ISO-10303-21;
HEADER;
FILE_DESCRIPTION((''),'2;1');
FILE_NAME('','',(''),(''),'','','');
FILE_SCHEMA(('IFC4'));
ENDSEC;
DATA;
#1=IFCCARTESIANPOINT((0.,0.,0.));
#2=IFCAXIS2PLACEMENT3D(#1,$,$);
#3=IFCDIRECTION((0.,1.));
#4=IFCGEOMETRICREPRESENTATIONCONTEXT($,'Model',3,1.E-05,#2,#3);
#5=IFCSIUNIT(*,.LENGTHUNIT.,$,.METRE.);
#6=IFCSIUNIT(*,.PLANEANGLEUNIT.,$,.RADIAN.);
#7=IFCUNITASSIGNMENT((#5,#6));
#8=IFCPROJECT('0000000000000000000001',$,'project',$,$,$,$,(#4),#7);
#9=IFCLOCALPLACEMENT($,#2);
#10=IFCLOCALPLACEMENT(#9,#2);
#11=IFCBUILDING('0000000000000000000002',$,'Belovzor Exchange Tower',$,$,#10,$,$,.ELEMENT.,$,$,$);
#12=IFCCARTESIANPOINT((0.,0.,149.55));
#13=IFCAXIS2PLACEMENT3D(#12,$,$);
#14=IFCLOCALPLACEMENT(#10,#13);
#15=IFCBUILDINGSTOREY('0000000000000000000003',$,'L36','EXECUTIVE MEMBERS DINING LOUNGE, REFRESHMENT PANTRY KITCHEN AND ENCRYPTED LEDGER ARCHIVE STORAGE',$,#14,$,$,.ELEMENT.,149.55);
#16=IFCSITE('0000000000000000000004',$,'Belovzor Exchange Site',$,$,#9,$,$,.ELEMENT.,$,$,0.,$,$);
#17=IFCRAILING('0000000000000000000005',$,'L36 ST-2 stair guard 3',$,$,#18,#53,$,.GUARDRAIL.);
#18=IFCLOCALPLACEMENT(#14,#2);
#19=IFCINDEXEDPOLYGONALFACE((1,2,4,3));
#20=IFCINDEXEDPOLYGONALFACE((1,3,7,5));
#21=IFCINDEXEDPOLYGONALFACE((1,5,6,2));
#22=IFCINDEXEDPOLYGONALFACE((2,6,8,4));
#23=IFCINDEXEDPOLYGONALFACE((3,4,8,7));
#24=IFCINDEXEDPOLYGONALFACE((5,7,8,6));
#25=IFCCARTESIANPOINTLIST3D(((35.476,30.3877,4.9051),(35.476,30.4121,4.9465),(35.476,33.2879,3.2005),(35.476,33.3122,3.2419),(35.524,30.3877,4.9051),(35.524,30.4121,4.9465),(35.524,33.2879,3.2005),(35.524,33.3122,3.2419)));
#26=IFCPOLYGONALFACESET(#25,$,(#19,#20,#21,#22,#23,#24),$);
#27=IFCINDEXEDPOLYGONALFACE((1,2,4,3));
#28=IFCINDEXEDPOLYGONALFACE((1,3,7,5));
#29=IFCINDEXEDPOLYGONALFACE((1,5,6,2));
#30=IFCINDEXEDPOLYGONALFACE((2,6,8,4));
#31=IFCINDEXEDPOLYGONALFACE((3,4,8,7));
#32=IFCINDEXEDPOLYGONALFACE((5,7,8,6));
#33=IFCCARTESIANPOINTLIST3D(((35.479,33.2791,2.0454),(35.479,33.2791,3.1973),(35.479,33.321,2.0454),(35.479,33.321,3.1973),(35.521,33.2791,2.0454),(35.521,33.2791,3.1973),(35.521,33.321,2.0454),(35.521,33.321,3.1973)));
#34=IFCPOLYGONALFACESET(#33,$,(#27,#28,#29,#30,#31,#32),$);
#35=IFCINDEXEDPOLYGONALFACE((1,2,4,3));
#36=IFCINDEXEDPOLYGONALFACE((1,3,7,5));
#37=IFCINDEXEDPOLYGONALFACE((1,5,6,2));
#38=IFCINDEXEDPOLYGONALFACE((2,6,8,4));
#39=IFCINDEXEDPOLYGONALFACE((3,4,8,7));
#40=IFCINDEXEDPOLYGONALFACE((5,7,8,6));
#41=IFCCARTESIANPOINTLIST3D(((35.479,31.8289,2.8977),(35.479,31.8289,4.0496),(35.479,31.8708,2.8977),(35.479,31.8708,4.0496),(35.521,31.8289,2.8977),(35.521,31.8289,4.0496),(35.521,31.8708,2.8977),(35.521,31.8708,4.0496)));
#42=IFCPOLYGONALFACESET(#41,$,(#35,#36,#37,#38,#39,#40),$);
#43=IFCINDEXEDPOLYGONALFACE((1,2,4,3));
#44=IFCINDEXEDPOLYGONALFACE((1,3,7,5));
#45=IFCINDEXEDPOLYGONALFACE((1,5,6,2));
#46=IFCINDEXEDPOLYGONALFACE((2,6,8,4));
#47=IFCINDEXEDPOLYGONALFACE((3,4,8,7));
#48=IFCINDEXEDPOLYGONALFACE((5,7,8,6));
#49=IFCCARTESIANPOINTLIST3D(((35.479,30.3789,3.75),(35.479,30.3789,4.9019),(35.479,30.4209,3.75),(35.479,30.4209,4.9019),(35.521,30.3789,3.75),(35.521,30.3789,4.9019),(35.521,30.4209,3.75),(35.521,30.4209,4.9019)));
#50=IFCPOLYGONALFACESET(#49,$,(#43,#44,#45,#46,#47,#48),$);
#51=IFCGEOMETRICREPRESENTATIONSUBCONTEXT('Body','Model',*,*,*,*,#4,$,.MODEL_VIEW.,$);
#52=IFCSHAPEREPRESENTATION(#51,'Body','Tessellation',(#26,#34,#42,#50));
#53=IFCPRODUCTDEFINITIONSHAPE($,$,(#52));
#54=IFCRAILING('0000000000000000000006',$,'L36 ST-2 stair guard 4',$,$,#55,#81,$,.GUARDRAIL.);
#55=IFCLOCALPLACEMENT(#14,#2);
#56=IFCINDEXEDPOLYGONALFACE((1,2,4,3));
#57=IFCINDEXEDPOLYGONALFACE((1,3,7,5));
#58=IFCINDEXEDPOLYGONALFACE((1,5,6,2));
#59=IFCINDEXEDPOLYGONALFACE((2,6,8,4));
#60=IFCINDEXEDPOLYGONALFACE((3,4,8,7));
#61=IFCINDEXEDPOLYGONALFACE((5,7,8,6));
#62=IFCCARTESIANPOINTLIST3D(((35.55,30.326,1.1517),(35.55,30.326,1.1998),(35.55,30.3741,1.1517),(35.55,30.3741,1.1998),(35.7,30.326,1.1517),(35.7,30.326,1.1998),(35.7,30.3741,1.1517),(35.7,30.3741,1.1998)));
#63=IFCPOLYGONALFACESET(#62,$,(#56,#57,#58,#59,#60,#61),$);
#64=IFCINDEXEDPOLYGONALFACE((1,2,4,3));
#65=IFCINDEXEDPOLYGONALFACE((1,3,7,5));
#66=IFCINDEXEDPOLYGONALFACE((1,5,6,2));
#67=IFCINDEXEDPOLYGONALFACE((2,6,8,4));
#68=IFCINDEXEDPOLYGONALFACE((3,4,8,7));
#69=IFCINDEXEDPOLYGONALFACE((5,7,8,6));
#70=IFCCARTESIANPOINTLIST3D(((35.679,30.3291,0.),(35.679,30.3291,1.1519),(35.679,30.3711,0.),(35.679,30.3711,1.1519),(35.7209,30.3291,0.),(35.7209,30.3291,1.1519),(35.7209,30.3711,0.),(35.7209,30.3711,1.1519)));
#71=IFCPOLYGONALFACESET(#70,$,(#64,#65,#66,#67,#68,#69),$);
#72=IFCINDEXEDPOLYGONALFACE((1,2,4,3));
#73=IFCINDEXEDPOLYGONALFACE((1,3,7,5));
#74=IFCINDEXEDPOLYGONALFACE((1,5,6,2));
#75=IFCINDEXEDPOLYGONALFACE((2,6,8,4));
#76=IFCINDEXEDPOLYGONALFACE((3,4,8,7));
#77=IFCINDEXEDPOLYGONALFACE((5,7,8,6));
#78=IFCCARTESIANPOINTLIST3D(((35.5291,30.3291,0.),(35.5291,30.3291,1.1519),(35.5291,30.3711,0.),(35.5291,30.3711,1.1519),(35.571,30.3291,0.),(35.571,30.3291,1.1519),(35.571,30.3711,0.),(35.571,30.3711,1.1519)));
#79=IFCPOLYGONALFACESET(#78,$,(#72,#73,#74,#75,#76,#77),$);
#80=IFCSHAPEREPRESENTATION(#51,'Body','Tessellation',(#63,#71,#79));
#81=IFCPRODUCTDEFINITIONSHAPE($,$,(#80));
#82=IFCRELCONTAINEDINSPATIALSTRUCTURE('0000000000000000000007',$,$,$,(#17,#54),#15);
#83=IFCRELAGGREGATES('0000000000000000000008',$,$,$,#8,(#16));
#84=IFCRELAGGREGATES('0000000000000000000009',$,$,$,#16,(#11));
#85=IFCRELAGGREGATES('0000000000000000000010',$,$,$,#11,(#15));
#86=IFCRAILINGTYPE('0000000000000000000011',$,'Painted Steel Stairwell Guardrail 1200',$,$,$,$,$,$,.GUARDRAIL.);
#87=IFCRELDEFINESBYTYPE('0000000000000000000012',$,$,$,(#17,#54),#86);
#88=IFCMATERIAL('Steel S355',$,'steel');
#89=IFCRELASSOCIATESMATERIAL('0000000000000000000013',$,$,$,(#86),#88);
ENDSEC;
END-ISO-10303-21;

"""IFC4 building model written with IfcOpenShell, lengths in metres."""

from ifc_helpers import new_model, si_unit, direction, frame, origin, origin_2d, place, context, subcontext, project, spatial, rectangle, extrude, material, type_object, element, save


model = new_model("IFC4")

# Units and contexts
model_context = context("Model", 3, precision=1e-05, world=origin(), true_north=direction((0.0, 1.0)))
body_context = subcontext(model_context, "Body", "Model", "MODEL_VIEW")
ifc_project = project(units=[si_unit("LENGTHUNIT", "METRE"), si_unit("PLANEANGLEUNIT", "RADIAN")], contexts=[model_context])

# Site, building, storey
site_placement = place(None, origin())
site = spatial("IfcSite", under=ifc_project, at=site_placement, Name="Belovzor Exchange Site", CompositionType="ELEMENT", RefElevation=0.0)
building_placement = place(site_placement, origin())
building = spatial("IfcBuilding", under=site, at=building_placement, Name="Belovzor Exchange Tower", CompositionType="ELEMENT")
storey_placement = place(building_placement, frame((0.0, 0.0, 149.55)))
storey = spatial("IfcBuildingStorey", under=building, at=storey_placement, Name="L36", Description="EXECUTIVE MEMBERS DINING LOUNGE, REFRESHMENT PANTRY KITCHEN AND ENCRYPTED LEDGER ARCHIVE STORAGE", CompositionType="ELEMENT", Elevation=149.55)

# Railings
ifc_material_1 = material(Name="Steel S355", Category="steel")
railing_type_1 = type_object("IfcRailingType", Name="Painted Steel Stairwell Guardrail 1200", PredefinedType="GUARDRAIL", material=ifc_material_1)
railing_1_placement = place(storey_placement, frame((35.5, 33.3, 2.0454)))
element("IfcRailing", 1, at=railing_1_placement, inside=storey, type_object=railing_type_1, Name="L36 ST-2 stair guard 3", PredefinedType="GUARDRAIL", context=body_context, shape_type="SweptSolid", body=[
    extrude(rectangle(XDim=0.0481, YDim=0.0481, at=origin_2d()), frame((0.0, 0.0, 1.1758), z_axis=(0.0, -0.862113, 0.506716), x_axis=(1.0, 0.0, 0.0)), (0.0, 0.0, 1.0), 3.364),
    extrude(rectangle(XDim=0.042, YDim=0.042, at=origin_2d()), origin(), (0.0, 0.0, 1.0), 1.1519),
    extrude(rectangle(XDim=0.042, YDim=0.042, at=origin_2d()), frame((0.0, -1.4502, 0.8523)), (0.0, 0.0, 1.0), 1.1519),
    extrude(rectangle(XDim=0.042, YDim=0.042, at=origin_2d()), frame((0.0, -2.9001, 1.7046)), (0.0, 0.0, 1.0), 1.1519),
])
railing_2_placement = place(storey_placement, frame((35.7, 30.3501, 0.0)))
element("IfcRailing", 2, at=railing_2_placement, inside=storey, type_object=railing_type_1, Name="L36 ST-2 stair guard 4", PredefinedType="GUARDRAIL", context=body_context, shape_type="SweptSolid", body=[
    extrude(rectangle(XDim=0.0481, YDim=0.0481, at=origin_2d()), frame((0.0, 0.0, 1.1758), z_axis=(-1.0, 0.0, 0.0), x_axis=(0.0, -1.0, 0.0)), (0.0, 0.0, 1.0), 0.1499),
    extrude(rectangle(XDim=0.042, YDim=0.042, at=origin_2d()), origin(), (0.0, 0.0, 1.0), 1.1519),
    extrude(rectangle(XDim=0.042, YDim=0.042, at=origin_2d()), frame((-0.1499, 0.0, 0.0)), (0.0, 0.0, 1.0), 1.1519),
])

save(model, "model.ifc")
